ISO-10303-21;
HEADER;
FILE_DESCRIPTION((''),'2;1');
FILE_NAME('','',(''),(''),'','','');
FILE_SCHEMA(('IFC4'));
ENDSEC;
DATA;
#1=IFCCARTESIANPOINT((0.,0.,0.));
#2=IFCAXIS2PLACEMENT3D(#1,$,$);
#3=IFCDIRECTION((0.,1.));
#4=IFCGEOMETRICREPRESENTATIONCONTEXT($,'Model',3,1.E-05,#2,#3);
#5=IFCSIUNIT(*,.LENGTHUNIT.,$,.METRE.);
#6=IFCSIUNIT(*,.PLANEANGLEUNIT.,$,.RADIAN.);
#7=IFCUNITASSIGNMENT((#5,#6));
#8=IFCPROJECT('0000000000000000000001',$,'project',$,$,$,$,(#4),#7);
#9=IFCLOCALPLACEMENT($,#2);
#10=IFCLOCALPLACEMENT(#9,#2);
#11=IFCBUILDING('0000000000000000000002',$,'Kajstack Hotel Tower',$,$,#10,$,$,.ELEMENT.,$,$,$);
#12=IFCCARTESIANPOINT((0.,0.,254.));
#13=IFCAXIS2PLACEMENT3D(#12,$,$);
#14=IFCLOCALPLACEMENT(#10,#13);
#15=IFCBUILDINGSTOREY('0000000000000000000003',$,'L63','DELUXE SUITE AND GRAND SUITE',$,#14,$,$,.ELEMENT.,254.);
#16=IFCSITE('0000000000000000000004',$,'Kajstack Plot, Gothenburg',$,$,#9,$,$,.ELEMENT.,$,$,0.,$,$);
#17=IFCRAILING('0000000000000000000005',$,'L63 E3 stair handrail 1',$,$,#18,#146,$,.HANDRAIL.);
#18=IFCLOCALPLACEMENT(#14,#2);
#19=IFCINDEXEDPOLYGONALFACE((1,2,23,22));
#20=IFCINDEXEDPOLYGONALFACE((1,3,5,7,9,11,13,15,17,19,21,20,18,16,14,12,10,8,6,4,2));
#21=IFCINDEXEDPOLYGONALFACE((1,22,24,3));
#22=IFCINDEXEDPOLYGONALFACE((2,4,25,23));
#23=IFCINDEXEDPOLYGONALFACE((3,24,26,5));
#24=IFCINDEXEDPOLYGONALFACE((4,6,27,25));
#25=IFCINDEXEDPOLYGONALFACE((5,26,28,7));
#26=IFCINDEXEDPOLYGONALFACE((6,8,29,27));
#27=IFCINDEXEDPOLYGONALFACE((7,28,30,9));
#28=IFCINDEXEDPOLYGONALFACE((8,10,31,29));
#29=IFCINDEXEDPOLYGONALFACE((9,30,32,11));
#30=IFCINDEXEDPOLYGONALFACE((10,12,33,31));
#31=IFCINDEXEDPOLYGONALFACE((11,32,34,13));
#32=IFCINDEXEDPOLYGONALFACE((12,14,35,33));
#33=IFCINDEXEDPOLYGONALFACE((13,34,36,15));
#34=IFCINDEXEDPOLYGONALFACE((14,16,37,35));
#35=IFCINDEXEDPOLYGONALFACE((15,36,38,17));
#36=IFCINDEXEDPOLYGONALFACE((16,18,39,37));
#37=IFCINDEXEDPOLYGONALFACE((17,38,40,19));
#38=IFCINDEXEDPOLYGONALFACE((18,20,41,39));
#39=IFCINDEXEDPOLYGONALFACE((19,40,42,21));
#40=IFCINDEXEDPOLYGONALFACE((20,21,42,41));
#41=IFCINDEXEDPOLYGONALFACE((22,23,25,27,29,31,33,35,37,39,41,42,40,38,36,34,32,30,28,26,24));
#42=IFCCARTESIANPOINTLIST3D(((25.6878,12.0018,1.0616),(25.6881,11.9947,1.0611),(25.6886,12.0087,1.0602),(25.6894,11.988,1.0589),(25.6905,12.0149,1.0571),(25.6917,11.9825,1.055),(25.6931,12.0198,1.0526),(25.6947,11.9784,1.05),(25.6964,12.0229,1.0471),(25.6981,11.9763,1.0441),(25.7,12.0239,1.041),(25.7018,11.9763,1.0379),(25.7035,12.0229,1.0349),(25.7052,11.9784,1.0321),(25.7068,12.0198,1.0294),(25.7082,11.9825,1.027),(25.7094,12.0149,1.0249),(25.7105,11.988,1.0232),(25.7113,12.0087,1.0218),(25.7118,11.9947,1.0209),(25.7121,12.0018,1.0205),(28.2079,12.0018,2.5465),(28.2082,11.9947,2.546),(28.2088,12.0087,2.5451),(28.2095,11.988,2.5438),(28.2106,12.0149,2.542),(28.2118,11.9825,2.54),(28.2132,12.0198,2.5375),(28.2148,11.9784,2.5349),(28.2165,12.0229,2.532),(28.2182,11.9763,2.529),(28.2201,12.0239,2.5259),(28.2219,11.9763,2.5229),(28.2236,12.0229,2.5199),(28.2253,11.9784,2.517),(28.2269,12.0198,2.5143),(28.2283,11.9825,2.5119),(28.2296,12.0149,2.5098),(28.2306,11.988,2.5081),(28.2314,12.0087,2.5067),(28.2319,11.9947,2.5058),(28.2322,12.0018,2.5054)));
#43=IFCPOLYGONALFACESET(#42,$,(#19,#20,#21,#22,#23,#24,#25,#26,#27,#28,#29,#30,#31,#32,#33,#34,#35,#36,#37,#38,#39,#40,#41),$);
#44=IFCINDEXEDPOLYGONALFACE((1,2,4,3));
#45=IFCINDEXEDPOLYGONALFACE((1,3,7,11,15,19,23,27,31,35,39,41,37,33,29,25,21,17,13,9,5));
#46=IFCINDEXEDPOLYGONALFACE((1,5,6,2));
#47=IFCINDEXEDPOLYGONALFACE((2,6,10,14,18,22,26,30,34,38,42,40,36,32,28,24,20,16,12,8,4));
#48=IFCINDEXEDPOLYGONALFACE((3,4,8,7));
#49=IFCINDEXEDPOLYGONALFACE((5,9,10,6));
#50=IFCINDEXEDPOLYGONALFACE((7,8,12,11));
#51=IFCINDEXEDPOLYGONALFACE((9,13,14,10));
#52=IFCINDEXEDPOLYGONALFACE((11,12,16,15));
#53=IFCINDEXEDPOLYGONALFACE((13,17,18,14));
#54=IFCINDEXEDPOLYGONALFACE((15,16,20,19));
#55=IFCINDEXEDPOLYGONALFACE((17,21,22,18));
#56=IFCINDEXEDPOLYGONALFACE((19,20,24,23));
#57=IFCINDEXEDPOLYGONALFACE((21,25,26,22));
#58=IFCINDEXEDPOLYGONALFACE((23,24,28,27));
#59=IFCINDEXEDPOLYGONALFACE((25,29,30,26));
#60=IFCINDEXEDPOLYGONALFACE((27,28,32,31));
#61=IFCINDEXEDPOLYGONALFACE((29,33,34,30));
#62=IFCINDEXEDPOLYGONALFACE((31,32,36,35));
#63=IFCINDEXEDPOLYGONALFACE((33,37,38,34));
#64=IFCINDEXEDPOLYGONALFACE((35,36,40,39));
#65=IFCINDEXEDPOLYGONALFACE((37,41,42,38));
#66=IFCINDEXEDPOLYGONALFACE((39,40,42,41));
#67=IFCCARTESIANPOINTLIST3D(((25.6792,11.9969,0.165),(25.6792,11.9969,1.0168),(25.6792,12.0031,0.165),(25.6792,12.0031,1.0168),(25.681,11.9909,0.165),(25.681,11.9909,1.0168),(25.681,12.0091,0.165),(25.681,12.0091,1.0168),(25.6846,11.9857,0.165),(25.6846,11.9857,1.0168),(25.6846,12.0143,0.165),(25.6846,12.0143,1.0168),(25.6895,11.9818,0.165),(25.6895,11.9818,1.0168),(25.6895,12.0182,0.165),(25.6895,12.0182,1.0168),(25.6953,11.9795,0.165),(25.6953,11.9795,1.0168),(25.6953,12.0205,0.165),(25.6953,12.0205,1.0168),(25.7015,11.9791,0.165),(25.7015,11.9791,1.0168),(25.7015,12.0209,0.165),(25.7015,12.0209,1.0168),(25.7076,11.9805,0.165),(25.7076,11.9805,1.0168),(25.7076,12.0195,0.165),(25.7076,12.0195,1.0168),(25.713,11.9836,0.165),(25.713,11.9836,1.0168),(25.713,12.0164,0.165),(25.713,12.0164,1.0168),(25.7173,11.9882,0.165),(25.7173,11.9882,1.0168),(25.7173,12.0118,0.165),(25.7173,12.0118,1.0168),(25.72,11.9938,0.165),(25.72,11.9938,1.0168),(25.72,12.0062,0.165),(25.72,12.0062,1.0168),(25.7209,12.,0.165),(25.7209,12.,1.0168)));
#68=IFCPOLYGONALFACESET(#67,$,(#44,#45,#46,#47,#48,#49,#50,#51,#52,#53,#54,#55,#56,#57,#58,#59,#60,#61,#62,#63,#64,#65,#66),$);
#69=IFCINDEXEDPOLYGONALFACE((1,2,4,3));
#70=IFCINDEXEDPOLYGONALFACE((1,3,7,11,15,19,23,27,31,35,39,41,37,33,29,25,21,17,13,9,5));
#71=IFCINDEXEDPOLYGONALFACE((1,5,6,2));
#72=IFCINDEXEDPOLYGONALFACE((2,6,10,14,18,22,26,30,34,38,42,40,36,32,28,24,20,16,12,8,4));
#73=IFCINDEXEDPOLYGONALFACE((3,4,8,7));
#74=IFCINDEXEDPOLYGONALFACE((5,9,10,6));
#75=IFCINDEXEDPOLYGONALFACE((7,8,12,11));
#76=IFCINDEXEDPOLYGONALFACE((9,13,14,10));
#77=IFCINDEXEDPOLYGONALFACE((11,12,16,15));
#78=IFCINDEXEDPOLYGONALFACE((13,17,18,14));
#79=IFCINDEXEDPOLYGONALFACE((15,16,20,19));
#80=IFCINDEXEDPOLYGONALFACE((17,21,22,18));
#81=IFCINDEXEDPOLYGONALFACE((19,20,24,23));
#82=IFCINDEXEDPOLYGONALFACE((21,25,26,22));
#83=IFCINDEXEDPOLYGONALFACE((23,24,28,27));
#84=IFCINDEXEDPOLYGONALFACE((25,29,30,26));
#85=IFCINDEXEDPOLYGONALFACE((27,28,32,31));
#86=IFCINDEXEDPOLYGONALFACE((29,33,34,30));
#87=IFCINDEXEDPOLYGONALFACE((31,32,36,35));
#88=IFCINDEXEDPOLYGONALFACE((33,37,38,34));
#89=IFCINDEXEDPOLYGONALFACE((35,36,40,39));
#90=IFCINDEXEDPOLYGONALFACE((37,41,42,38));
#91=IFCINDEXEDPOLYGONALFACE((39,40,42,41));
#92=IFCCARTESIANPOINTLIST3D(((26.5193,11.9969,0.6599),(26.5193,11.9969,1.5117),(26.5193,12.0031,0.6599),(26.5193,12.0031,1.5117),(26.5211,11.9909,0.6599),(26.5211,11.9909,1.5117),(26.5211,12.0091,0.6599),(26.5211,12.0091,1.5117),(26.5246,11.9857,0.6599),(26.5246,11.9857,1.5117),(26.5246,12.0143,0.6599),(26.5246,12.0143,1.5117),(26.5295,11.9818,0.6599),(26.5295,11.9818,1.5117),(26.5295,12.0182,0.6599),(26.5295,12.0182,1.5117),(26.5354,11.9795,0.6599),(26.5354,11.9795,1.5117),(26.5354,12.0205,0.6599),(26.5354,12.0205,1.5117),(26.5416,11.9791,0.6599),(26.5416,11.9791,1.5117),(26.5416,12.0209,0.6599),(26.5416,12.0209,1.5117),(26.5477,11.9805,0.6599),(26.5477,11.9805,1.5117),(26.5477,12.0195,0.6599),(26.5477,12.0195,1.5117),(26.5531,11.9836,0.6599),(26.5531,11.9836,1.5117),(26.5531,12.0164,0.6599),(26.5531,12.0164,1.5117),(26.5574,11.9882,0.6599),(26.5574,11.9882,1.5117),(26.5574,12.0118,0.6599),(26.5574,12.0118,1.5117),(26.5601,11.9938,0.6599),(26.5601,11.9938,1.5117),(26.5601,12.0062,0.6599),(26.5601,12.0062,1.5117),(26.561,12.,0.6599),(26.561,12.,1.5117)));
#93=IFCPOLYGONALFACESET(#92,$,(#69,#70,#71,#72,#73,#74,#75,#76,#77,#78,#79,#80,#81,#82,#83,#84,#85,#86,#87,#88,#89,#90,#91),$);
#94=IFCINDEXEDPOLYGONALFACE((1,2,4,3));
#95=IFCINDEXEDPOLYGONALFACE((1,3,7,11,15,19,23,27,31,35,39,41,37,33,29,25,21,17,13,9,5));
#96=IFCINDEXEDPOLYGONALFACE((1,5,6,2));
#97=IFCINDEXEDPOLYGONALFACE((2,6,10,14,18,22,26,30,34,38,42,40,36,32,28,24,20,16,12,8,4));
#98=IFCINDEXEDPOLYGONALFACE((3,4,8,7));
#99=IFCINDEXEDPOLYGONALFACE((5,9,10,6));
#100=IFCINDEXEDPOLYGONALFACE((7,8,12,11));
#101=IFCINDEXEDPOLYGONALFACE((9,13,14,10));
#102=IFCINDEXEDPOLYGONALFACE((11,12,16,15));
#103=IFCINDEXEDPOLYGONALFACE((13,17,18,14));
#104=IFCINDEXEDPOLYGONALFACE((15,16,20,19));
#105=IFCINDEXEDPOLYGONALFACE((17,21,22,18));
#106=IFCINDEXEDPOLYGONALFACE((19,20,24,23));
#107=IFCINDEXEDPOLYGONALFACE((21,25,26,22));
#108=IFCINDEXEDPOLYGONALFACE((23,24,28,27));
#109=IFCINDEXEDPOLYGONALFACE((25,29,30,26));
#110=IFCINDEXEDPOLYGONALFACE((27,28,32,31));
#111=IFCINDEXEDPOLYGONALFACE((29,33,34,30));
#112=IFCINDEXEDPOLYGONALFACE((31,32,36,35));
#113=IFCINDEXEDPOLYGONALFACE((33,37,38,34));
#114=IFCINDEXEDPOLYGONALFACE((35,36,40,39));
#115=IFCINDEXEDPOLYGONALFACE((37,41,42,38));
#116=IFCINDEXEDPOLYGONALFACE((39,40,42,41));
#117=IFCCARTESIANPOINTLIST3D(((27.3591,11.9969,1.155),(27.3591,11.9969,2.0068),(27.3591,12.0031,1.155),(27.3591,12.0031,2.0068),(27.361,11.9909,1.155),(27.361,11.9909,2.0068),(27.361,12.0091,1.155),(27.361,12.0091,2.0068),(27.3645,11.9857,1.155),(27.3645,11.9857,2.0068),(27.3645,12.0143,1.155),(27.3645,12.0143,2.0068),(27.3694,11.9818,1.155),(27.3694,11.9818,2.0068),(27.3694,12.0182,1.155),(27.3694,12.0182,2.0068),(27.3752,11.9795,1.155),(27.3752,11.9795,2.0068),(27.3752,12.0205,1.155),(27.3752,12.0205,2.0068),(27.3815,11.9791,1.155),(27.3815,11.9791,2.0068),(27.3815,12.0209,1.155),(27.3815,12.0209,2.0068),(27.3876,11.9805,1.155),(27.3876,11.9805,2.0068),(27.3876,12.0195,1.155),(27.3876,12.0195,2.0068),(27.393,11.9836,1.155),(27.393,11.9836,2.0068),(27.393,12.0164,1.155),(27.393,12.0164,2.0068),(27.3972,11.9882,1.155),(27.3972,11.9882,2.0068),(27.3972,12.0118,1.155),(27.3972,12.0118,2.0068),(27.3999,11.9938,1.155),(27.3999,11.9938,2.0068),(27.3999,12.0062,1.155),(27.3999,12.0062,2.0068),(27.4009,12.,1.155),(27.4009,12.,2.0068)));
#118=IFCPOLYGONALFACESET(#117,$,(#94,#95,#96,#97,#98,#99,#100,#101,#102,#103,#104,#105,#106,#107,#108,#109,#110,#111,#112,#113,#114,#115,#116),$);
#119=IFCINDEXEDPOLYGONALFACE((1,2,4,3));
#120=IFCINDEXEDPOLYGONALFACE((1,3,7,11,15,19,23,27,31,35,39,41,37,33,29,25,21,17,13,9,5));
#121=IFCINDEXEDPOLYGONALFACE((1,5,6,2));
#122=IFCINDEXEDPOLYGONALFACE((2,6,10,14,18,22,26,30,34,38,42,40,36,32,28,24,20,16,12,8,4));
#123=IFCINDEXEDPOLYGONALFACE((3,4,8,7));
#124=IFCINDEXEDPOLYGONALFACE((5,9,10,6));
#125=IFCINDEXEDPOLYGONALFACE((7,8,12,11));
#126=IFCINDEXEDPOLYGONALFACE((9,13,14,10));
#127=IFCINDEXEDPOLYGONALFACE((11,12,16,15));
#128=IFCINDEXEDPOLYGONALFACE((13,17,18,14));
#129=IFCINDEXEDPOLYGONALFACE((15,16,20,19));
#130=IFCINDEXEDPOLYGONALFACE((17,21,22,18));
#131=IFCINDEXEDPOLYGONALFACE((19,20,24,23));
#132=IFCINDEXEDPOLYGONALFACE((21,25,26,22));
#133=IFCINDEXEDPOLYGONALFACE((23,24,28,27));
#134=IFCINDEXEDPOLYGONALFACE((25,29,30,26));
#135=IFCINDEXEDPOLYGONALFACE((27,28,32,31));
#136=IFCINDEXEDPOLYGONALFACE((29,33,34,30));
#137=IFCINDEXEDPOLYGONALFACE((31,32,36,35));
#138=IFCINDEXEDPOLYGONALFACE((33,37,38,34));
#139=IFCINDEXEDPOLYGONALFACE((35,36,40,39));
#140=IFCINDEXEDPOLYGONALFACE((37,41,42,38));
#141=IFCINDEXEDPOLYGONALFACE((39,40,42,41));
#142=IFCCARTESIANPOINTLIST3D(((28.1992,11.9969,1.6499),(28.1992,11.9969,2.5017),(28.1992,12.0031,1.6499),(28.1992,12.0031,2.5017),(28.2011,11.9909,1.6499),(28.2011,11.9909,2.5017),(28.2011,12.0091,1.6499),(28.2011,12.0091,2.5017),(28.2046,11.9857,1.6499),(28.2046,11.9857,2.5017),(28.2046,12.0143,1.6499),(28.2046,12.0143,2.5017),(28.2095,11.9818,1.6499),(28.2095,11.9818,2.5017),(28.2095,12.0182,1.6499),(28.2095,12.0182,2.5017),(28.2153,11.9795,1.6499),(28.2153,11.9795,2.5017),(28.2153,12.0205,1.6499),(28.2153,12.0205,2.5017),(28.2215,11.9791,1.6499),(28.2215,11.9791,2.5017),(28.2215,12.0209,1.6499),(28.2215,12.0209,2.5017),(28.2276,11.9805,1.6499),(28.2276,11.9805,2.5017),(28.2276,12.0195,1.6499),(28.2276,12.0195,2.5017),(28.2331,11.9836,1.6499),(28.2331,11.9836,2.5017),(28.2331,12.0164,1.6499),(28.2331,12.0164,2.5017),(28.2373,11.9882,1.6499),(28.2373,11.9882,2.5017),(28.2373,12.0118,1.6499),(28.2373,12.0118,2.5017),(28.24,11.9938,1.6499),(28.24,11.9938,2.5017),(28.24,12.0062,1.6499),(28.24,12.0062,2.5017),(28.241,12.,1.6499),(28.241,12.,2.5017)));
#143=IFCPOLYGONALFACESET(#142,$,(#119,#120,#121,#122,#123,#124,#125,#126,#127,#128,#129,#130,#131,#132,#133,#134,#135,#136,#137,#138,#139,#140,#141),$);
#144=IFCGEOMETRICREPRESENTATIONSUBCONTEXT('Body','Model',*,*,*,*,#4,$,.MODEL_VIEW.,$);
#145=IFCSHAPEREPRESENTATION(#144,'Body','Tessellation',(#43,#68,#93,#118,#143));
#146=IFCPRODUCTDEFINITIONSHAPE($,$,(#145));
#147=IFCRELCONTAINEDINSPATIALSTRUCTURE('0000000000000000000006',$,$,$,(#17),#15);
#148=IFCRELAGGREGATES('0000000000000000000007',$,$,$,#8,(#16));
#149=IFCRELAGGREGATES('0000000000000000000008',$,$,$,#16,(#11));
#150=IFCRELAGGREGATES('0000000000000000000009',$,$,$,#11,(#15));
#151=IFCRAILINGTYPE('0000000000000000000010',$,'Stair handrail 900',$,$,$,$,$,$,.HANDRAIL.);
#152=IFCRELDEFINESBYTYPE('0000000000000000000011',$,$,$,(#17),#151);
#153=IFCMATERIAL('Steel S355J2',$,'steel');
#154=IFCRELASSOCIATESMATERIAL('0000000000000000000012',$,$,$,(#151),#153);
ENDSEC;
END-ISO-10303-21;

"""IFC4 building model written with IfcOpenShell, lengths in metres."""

from ifc_helpers import new_model, si_unit, direction, frame, origin, origin_2d, place, context, subcontext, project, spatial, circle, extrude, material, type_object, element, save


model = new_model("IFC4")

# Units and contexts
model_context = context("Model", 3, precision=1e-05, world=origin(), true_north=direction((0.0, 1.0)))
body_context = subcontext(model_context, "Body", "Model", "MODEL_VIEW")
ifc_project = project(units=[si_unit("LENGTHUNIT", "METRE"), si_unit("PLANEANGLEUNIT", "RADIAN")], contexts=[model_context])

# Site, building, storey
site_placement = place(None, origin())
site = spatial("IfcSite", under=ifc_project, at=site_placement, Name="Kajstack Plot, Gothenburg", CompositionType="ELEMENT", RefElevation=0.0)
building_placement = place(site_placement, origin())
building = spatial("IfcBuilding", under=site, at=building_placement, Name="Kajstack Hotel Tower", CompositionType="ELEMENT")
storey_placement = place(building_placement, frame((0.0, 0.0, 254.0)))
storey = spatial("IfcBuildingStorey", under=building, at=storey_placement, Name="L63", Description="DELUXE SUITE AND GRAND SUITE", CompositionType="ELEMENT", Elevation=254.0)

# Railing
ifc_material_1 = material(Name="Steel S355J2", Category="steel")
railing_type_1 = type_object("IfcRailingType", Name="Stair handrail 900", PredefinedType="HANDRAIL", material=ifc_material_1)
railing_1_placement = place(storey_placement, frame((25.7, 12.0, 0.165)))
element("IfcRailing", 1, at=railing_1_placement, inside=storey, type_object=railing_type_1, Name="L63 E3 stair handrail 1", PredefinedType="HANDRAIL", context=body_context, shape_type="SweptSolid", body=[
    extrude(circle(Radius=0.0239, at=origin_2d()), frame((0.0, 0.0, 0.876), z_axis=(0.861561, 0.0, 0.507655), x_axis=(0.0, 1.0, 0.0)), (0.0, 0.0, 1.0), 2.925),
    extrude(circle(Radius=0.021, at=origin_2d()), origin(), (0.0, 0.0, 1.0), 0.8518),
    extrude(circle(Radius=0.021, at=origin_2d()), frame((0.8401, 0.0, 0.4949)), (0.0, 0.0, 1.0), 0.8518),
    extrude(circle(Radius=0.021, at=origin_2d()), frame((1.6799, 0.0, 0.99)), (0.0, 0.0, 1.0), 0.8518),
    extrude(circle(Radius=0.021, at=origin_2d()), frame((2.52, 0.0, 1.4849)), (0.0, 0.0, 1.0), 0.8518),
])

save(model, "model.ifc")
